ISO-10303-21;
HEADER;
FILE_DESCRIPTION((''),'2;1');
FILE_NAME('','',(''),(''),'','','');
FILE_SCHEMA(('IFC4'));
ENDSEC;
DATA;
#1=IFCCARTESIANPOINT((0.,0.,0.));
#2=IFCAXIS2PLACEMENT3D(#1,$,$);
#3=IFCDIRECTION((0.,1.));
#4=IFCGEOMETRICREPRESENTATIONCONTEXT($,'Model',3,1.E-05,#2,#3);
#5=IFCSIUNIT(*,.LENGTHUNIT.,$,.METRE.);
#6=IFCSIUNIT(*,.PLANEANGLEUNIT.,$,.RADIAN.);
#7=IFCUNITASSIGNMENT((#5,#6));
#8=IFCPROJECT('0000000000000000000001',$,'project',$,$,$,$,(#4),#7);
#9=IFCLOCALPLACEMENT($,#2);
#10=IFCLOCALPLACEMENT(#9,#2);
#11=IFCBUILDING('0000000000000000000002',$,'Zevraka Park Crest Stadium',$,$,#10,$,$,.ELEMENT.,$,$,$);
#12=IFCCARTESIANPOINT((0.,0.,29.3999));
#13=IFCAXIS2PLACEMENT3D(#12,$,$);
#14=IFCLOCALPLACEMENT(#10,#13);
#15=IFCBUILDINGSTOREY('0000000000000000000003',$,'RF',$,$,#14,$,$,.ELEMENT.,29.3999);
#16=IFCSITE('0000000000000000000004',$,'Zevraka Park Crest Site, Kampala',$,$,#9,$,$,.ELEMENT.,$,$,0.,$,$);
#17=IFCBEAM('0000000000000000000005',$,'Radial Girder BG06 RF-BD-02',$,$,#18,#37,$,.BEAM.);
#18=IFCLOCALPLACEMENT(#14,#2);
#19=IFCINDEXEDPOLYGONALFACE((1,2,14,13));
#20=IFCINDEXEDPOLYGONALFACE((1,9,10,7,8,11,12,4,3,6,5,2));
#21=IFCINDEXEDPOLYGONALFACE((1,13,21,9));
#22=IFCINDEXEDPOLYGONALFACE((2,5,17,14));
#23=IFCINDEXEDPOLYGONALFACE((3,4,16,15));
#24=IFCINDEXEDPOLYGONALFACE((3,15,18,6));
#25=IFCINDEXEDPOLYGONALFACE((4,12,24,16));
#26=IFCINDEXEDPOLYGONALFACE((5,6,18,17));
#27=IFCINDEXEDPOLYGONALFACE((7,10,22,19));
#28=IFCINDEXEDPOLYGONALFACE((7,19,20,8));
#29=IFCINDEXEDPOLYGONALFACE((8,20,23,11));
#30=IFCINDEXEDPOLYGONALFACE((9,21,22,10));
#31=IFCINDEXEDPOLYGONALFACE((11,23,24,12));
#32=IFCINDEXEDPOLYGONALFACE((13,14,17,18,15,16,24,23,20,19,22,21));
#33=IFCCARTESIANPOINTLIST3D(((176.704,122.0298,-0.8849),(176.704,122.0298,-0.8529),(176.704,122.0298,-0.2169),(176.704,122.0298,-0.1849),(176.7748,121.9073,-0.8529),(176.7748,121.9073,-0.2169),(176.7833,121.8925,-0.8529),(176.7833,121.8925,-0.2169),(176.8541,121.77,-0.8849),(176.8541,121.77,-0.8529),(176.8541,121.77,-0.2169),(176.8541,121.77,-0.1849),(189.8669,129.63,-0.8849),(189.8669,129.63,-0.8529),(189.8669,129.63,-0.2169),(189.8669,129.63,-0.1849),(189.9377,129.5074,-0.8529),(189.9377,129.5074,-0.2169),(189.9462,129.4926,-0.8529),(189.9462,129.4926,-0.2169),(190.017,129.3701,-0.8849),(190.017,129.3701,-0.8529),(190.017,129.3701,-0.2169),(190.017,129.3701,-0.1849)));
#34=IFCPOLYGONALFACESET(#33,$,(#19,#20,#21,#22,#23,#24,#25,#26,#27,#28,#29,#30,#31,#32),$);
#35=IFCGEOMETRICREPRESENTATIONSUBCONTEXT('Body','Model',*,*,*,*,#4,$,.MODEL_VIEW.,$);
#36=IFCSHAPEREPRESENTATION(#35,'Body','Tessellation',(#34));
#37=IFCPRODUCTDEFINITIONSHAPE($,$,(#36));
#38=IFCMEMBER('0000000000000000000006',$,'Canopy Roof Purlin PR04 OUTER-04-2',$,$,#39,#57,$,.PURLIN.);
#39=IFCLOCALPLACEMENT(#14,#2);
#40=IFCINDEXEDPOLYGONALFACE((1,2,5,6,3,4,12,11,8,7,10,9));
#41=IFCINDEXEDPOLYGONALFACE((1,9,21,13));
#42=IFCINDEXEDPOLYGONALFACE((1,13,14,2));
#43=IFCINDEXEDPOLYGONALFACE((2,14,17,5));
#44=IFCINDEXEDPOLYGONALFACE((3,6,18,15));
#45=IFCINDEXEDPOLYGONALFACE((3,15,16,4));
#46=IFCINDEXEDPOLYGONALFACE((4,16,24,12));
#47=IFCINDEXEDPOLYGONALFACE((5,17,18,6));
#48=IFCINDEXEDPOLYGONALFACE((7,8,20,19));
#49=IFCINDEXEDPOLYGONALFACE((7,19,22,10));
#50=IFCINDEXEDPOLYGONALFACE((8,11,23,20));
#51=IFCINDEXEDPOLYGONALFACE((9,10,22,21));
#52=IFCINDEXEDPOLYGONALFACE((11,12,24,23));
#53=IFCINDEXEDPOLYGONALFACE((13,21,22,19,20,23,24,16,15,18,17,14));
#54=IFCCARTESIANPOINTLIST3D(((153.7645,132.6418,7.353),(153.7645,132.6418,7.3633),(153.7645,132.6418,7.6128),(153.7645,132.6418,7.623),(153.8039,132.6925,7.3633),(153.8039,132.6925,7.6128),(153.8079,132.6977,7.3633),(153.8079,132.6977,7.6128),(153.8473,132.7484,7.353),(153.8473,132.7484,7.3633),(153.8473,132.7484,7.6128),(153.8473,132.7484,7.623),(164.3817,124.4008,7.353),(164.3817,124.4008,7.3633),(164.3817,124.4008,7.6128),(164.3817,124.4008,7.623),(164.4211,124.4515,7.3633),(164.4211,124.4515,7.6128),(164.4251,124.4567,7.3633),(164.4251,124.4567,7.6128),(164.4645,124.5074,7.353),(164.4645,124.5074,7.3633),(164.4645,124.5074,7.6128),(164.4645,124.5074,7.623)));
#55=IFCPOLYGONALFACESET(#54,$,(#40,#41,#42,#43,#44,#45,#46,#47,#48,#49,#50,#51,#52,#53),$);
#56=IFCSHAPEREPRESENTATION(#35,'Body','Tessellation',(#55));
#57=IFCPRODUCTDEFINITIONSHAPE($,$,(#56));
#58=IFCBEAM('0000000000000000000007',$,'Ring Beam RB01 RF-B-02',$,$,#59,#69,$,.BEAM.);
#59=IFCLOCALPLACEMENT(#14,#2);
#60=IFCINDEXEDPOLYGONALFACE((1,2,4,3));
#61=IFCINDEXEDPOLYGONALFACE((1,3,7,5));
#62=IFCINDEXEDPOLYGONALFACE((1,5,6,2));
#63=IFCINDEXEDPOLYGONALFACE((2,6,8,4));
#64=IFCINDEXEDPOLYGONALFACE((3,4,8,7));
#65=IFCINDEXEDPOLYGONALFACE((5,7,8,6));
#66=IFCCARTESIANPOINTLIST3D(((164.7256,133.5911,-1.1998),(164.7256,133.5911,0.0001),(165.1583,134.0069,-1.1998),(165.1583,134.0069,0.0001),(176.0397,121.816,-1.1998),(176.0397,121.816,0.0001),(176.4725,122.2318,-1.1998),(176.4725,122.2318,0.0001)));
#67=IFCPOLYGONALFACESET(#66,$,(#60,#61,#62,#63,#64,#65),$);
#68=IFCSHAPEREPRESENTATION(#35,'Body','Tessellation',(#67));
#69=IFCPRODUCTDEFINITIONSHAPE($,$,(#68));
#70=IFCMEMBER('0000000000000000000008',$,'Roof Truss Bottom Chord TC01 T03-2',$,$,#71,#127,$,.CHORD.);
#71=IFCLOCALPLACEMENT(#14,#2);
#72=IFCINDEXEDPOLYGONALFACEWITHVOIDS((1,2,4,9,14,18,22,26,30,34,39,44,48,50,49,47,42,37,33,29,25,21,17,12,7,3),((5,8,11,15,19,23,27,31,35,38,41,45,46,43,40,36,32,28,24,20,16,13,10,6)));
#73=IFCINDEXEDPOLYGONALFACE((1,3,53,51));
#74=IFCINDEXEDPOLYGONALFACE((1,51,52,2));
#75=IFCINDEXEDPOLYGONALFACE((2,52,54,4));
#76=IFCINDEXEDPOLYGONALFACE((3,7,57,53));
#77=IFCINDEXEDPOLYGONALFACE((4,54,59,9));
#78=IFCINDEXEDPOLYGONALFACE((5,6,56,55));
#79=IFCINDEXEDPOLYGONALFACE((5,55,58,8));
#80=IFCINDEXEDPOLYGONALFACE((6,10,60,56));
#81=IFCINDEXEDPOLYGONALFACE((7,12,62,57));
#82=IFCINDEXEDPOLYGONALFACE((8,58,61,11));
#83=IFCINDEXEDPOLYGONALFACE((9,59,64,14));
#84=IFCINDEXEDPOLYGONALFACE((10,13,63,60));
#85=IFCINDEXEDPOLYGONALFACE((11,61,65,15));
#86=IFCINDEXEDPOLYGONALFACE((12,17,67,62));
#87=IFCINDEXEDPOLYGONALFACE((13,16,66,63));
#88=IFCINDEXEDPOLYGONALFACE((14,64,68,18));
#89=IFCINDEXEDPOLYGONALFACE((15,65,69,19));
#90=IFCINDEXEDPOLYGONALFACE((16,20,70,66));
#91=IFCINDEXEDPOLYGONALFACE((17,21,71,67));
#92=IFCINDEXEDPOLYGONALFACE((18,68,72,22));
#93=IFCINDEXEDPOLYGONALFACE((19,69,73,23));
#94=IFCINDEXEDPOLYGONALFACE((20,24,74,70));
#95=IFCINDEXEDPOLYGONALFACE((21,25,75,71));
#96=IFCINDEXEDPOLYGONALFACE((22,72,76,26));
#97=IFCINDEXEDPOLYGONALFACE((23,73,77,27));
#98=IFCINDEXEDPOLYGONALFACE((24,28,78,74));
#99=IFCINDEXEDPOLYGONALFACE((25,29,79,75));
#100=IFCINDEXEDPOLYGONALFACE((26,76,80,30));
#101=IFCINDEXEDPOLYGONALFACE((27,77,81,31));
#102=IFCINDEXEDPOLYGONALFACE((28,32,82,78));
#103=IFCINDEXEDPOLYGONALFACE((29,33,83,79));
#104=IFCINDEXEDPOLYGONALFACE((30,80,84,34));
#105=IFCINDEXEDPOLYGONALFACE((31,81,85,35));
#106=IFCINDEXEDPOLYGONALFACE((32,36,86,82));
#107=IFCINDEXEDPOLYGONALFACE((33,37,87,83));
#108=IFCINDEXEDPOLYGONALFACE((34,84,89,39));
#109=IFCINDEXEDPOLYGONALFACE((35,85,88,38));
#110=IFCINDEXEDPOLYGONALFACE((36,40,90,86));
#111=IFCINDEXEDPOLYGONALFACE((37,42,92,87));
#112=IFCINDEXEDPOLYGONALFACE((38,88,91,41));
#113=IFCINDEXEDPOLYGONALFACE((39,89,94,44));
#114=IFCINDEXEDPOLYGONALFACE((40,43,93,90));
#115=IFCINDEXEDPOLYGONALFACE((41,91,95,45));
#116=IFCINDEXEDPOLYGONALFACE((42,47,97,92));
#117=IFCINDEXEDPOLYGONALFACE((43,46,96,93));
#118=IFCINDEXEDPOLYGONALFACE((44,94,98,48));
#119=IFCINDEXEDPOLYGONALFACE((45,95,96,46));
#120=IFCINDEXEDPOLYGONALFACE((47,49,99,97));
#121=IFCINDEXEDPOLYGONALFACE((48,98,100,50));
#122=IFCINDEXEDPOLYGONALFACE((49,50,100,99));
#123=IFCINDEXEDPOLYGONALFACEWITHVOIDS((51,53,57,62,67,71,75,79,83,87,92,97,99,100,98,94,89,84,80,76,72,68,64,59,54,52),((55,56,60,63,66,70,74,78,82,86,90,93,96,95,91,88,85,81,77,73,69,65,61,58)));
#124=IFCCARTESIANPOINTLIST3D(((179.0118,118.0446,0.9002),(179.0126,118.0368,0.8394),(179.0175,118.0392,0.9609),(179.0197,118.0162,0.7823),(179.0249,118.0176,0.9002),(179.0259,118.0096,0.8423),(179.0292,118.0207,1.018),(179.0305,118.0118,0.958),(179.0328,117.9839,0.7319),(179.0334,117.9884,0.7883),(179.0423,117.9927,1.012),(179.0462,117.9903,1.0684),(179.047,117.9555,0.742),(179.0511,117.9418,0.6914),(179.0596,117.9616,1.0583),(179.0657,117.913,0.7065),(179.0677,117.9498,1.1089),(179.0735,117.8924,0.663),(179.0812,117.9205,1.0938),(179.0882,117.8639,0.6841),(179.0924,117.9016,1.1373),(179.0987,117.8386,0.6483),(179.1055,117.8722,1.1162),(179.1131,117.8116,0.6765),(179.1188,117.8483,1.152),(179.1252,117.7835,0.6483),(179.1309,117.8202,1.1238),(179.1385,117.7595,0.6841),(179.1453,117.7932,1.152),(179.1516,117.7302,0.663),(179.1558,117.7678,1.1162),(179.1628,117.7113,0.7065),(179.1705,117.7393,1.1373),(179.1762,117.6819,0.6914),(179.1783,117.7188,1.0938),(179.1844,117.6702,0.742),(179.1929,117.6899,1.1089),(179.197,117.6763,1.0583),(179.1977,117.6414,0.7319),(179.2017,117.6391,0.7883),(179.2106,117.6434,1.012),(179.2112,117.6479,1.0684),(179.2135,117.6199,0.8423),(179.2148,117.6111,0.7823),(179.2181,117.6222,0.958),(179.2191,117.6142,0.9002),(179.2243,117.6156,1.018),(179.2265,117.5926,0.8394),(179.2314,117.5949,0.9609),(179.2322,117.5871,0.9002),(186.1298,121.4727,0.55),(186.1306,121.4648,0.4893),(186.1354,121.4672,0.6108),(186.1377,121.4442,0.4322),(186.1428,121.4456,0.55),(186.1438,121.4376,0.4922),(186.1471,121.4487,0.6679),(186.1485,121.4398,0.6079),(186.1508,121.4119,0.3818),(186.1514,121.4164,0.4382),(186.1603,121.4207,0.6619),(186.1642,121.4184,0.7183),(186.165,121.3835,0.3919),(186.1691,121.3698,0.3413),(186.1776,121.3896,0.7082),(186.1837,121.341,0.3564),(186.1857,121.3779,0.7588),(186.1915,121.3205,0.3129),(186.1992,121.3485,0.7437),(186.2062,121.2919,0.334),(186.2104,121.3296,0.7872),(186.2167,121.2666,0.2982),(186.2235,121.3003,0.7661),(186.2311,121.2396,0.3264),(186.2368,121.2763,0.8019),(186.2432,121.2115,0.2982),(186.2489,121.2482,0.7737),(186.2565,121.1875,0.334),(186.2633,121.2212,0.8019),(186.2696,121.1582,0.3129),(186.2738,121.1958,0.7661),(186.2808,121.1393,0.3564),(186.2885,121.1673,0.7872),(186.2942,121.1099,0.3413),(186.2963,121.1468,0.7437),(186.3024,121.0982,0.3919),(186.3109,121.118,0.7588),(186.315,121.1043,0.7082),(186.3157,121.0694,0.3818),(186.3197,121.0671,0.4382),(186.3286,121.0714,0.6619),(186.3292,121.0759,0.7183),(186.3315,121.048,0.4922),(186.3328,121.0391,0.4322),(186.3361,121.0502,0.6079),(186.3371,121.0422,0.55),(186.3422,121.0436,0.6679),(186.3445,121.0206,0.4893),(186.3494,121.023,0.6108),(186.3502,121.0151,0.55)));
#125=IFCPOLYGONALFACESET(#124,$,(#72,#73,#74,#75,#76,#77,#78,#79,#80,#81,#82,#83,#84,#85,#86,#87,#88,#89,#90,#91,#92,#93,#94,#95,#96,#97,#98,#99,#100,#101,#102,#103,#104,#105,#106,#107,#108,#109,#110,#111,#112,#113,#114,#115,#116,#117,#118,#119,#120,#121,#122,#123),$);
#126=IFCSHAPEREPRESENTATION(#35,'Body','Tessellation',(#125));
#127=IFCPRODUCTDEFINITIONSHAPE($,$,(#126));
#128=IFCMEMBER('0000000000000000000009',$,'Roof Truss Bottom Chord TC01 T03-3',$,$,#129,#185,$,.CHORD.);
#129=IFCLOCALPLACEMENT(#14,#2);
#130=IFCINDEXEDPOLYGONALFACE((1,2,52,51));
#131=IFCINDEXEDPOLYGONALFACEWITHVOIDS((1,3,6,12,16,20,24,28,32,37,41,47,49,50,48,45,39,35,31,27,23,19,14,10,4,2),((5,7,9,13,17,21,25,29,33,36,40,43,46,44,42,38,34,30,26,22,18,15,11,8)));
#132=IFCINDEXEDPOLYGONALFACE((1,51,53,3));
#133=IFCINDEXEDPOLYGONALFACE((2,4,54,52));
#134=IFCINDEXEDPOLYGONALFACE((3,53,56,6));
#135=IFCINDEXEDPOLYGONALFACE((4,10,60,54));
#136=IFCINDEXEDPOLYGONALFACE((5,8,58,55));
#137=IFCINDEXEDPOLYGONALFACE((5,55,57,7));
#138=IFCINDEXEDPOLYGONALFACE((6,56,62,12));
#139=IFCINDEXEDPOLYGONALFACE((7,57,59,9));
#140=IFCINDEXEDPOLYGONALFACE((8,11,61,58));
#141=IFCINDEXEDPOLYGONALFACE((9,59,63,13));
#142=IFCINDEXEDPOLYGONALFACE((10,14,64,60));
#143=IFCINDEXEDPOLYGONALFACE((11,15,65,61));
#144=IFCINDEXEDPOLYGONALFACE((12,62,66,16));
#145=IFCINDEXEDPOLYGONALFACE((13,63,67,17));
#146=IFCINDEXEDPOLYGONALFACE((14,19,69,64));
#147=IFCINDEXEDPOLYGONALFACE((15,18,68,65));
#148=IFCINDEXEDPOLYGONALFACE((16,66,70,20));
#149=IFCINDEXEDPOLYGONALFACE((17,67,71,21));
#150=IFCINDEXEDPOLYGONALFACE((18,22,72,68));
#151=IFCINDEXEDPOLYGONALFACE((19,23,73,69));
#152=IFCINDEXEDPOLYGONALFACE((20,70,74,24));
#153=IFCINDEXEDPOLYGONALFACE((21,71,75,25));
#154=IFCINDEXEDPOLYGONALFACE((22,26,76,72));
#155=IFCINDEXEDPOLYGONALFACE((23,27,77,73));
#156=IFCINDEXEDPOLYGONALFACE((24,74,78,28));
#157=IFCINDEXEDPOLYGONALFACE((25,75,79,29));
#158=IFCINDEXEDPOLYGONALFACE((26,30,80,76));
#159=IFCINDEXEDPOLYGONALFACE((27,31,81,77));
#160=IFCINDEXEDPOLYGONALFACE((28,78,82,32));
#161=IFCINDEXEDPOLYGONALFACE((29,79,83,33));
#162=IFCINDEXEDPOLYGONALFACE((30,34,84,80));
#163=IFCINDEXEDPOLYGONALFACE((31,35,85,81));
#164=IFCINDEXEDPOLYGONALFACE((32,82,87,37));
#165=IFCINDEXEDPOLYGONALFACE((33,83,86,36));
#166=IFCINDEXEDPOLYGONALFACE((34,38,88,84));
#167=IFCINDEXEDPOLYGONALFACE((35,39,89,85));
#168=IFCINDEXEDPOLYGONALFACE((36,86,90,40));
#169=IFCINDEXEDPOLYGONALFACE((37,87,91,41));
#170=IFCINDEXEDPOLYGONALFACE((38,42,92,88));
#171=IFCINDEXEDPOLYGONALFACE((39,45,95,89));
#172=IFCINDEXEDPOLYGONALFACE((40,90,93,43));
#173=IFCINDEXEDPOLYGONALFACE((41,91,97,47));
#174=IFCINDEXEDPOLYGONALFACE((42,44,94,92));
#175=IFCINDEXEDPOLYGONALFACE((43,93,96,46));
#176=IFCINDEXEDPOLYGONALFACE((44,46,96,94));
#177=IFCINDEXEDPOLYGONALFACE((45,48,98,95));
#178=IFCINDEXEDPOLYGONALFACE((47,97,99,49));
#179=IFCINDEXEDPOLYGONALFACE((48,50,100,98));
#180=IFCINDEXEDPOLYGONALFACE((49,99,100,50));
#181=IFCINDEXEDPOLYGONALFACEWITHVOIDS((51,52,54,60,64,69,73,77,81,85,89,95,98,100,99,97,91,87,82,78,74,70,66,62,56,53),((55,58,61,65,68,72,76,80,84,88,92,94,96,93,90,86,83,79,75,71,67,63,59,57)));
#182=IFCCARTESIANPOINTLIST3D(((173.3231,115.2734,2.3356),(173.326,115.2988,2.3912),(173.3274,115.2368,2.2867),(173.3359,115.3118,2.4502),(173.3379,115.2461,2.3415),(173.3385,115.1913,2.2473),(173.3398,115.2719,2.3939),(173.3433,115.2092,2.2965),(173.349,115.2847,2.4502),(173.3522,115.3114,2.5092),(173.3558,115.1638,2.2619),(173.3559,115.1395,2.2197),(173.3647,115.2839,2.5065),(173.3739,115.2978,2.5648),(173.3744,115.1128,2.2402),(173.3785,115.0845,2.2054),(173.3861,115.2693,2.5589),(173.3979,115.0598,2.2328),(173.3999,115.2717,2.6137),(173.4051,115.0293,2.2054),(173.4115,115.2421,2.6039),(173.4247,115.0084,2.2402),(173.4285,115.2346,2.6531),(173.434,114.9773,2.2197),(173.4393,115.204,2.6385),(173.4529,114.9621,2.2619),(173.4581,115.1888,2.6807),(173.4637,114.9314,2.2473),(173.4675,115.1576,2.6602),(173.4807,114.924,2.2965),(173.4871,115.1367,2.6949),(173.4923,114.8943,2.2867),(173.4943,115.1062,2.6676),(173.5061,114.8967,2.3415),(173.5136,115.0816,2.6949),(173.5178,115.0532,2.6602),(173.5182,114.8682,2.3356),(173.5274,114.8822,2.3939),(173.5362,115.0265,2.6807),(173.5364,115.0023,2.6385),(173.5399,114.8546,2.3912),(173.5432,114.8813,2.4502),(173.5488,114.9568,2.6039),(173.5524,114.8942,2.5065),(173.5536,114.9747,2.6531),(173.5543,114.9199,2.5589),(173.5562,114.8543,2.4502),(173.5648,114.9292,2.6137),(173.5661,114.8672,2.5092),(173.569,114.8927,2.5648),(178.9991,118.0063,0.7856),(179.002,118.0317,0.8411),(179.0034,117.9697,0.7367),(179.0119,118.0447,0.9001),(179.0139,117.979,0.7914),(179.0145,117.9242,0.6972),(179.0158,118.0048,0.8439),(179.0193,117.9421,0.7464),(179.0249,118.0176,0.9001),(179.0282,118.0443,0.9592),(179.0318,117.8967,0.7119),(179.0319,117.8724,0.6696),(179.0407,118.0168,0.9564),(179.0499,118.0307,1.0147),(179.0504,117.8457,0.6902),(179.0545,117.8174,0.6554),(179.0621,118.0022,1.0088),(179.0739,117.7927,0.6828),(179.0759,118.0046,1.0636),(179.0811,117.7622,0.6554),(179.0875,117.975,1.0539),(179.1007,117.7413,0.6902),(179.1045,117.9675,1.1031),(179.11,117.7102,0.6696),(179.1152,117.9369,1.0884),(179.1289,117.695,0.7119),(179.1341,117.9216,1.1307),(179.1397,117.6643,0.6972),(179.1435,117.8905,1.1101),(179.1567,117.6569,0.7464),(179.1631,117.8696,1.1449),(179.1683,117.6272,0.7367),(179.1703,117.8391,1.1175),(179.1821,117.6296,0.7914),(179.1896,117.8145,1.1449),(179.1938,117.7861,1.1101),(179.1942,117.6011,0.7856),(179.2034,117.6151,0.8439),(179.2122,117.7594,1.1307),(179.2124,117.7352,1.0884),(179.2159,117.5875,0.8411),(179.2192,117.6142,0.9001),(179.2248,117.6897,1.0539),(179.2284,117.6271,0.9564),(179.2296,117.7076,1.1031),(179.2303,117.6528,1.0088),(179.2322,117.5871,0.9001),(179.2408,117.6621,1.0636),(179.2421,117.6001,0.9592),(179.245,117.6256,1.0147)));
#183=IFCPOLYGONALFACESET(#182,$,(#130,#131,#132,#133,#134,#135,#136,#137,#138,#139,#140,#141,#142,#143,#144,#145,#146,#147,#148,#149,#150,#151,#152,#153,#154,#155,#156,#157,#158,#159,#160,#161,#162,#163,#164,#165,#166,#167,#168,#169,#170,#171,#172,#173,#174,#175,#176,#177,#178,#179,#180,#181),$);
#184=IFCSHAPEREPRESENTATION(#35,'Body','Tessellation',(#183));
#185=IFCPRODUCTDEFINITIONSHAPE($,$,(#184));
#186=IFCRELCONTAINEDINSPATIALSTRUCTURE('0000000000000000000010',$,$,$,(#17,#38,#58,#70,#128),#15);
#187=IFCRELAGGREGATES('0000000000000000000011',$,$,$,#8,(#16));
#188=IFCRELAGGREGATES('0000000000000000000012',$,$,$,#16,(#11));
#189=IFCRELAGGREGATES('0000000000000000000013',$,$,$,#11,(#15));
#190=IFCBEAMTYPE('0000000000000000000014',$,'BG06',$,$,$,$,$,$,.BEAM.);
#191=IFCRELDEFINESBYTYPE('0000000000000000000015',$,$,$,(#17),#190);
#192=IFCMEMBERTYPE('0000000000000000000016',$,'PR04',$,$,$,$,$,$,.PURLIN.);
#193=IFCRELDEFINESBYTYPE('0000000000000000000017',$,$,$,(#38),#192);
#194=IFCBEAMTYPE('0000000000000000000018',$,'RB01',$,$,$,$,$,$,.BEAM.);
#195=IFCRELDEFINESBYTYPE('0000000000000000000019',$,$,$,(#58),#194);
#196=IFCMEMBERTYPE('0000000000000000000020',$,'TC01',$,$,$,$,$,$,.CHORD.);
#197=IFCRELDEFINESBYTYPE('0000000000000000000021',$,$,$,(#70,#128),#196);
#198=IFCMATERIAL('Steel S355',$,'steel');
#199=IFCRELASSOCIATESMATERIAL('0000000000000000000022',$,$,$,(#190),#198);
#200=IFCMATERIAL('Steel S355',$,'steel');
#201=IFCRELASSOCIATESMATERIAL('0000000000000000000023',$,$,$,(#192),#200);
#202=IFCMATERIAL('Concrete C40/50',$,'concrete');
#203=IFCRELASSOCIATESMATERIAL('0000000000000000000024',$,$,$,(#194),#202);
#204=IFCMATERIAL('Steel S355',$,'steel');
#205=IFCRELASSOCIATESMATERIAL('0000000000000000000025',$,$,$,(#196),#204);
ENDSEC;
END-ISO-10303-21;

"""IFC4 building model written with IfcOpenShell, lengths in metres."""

from ifc_helpers import new_model, si_unit, direction, frame, origin, origin_2d, place, context, subcontext, project, spatial, rectangle, hollow_circle, i_section, extrude, material, material_profile, profile_set, type_object, element, save


model = new_model("IFC4")

# Units and contexts
model_context = context("Model", 3, precision=1e-05, world=origin(), true_north=direction((0.0, 1.0)))
body_context = subcontext(model_context, "Body", "Model", "MODEL_VIEW")
ifc_project = project(units=[si_unit("LENGTHUNIT", "METRE"), si_unit("PLANEANGLEUNIT", "RADIAN")], contexts=[model_context])

# Site, building, storey
site_placement = place(None, origin())
site = spatial("IfcSite", under=ifc_project, at=site_placement, Name="Zevraka Park Crest Site, Kampala", CompositionType="ELEMENT", RefElevation=0.0)
building_placement = place(site_placement, origin())
building = spatial("IfcBuilding", under=site, at=building_placement, Name="Zevraka Park Crest Stadium", CompositionType="ELEMENT")
storey_placement = place(building_placement, frame((0.0, 0.0, 29.3999)))
storey = spatial("IfcBuildingStorey", under=building, at=storey_placement, Name="RF", CompositionType="ELEMENT", Elevation=29.3999)

# Beam
ifc_material_1 = material(Name="Steel S355", Category="steel")
ifc_material_profile_1 = material_profile(ifc_material_1, i_section(OverallWidth=0.3, OverallDepth=0.7, WebThickness=0.0171, FlangeThickness=0.032, at=origin_2d()), Name="HEB 700")
ifc_profile_set_1 = profile_set([ifc_material_profile_1], Name="Steel S355")
beam_type_1 = type_object("IfcBeamType", Name="BG06", PredefinedType="BEAM", material=ifc_profile_set_1)
beam_1_placement = place(storey_placement, frame((176.7791, 121.8999, -0.5349), z_axis=(0.86601, 0.500026, 0.0), x_axis=(-0.500026, 0.86601, 0.0)))
element("IfcBeam", 1, at=beam_1_placement, inside=storey, type_object=beam_type_1, Name="Radial Girder BG06 RF-BD-02", PredefinedType="BEAM", context=body_context, shape_type="SweptSolid", body=[
    extrude(i_section(OverallWidth=0.3, OverallDepth=0.7, WebThickness=0.0171, FlangeThickness=0.032, at=origin_2d()), origin(), (0.0, 0.0, 1.0), 15.1995),
])

# Member
ifc_material_2 = material(Name="Steel S355", Category="steel")
ifc_material_profile_2 = material_profile(ifc_material_2, i_section(OverallWidth=0.135, OverallDepth=0.27, WebThickness=0.0066, FlangeThickness=0.0103, at=origin_2d()), Name="IPE 270")
ifc_profile_set_2 = profile_set([ifc_material_profile_2], Name="Steel S355")
member_type_1 = type_object("IfcMemberType", Name="PR04", PredefinedType="PURLIN", material=ifc_profile_set_2)
member_1_placement = place(storey_placement, frame((164.4231, 124.4541, 7.488), z_axis=(-0.789959, 0.613159, 0.0), x_axis=(-0.613159, -0.789959, 0.0)))
element("IfcMember", 2, at=member_1_placement, inside=storey, type_object=member_type_1, Name="Canopy Roof Purlin PR04 OUTER-04-2", PredefinedType="PURLIN", context=body_context, shape_type="SweptSolid", body=[
    extrude(i_section(OverallWidth=0.135, OverallDepth=0.27, WebThickness=0.0066, FlangeThickness=0.0103, at=origin_2d()), origin(), (0.0, 0.0, 1.0), 13.4402),
])

# Beam
ifc_material_3 = material(Name="Concrete C40/50", Category="concrete")
ifc_material_profile_3 = material_profile(ifc_material_3, rectangle(XDim=0.6001, YDim=1.2, at=origin_2d()), Name="RC 1200x600")
ifc_profile_set_3 = profile_set([ifc_material_profile_3], Name="Concrete C40/50")
beam_type_2 = type_object("IfcBeamType", Name="RB01", PredefinedType="BEAM", material=ifc_profile_set_3)
beam_2_placement = place(storey_placement, frame((176.2561, 122.0239, -0.5999), z_axis=(-0.692853, 0.721079, 0.0), x_axis=(-0.721079, -0.692853, 0.0)))
element("IfcBeam", 3, at=beam_2_placement, inside=storey, type_object=beam_type_2, Name="Ring Beam RB01 RF-B-02", PredefinedType="BEAM", context=body_context, shape_type="SweptSolid", body=[
    extrude(rectangle(XDim=0.6001, YDim=1.2, at=origin_2d()), origin(), (0.0, 0.0, 1.0), 16.3298),
])

# Members
ifc_material_4 = material(Name="Steel S355", Category="steel")
ifc_material_profile_4 = material_profile(ifc_material_4, hollow_circle(Radius=0.2539, WallThickness=0.03, at=origin_2d()), Name="CHS 508.0x30")
ifc_profile_set_4 = profile_set([ifc_material_profile_4], Name="Steel S355")
member_type_2 = type_object("IfcMemberType", Name="TC01", PredefinedType="CHORD", material=ifc_profile_set_4)
member_2_placement = place(storey_placement, frame((186.24, 121.2439, 0.55), z_axis=(-0.900077, -0.433476, 0.044271), x_axis=(0.433901, -0.900961, 0.0)))
element("IfcMember", 4, at=member_2_placement, inside=storey, type_object=member_type_2, Name="Roof Truss Bottom Chord TC01 T03-2", PredefinedType="CHORD", context=body_context, shape_type="SweptSolid", body=[
    extrude(hollow_circle(Radius=0.2539, WallThickness=0.03, at=origin_2d()), origin(), (0.0, 0.0, 1.0), 7.9082),
])
for number, where, z_axis, x_axis, name in (
    (5, (179.1221, 117.8159, 0.9001), (-0.874906, -0.421253, 0.238926), (0.433817, -0.901001, 0.0), "Roof Truss Bottom Chord TC01 T03-3"),
):
    element("IfcMember", number, at=place(storey_placement, frame(where, z_axis=z_axis, x_axis=x_axis)), inside=storey, type_object=member_type_2, Name=name, PredefinedType="CHORD", context=body_context, shape_type="SweptSolid", body=[
        extrude(hollow_circle(Radius=0.2539, WallThickness=0.03, at=origin_2d()), origin(), (0.0, 0.0, 1.0), 6.4875),
    ])

save(model, "model.ifc")
